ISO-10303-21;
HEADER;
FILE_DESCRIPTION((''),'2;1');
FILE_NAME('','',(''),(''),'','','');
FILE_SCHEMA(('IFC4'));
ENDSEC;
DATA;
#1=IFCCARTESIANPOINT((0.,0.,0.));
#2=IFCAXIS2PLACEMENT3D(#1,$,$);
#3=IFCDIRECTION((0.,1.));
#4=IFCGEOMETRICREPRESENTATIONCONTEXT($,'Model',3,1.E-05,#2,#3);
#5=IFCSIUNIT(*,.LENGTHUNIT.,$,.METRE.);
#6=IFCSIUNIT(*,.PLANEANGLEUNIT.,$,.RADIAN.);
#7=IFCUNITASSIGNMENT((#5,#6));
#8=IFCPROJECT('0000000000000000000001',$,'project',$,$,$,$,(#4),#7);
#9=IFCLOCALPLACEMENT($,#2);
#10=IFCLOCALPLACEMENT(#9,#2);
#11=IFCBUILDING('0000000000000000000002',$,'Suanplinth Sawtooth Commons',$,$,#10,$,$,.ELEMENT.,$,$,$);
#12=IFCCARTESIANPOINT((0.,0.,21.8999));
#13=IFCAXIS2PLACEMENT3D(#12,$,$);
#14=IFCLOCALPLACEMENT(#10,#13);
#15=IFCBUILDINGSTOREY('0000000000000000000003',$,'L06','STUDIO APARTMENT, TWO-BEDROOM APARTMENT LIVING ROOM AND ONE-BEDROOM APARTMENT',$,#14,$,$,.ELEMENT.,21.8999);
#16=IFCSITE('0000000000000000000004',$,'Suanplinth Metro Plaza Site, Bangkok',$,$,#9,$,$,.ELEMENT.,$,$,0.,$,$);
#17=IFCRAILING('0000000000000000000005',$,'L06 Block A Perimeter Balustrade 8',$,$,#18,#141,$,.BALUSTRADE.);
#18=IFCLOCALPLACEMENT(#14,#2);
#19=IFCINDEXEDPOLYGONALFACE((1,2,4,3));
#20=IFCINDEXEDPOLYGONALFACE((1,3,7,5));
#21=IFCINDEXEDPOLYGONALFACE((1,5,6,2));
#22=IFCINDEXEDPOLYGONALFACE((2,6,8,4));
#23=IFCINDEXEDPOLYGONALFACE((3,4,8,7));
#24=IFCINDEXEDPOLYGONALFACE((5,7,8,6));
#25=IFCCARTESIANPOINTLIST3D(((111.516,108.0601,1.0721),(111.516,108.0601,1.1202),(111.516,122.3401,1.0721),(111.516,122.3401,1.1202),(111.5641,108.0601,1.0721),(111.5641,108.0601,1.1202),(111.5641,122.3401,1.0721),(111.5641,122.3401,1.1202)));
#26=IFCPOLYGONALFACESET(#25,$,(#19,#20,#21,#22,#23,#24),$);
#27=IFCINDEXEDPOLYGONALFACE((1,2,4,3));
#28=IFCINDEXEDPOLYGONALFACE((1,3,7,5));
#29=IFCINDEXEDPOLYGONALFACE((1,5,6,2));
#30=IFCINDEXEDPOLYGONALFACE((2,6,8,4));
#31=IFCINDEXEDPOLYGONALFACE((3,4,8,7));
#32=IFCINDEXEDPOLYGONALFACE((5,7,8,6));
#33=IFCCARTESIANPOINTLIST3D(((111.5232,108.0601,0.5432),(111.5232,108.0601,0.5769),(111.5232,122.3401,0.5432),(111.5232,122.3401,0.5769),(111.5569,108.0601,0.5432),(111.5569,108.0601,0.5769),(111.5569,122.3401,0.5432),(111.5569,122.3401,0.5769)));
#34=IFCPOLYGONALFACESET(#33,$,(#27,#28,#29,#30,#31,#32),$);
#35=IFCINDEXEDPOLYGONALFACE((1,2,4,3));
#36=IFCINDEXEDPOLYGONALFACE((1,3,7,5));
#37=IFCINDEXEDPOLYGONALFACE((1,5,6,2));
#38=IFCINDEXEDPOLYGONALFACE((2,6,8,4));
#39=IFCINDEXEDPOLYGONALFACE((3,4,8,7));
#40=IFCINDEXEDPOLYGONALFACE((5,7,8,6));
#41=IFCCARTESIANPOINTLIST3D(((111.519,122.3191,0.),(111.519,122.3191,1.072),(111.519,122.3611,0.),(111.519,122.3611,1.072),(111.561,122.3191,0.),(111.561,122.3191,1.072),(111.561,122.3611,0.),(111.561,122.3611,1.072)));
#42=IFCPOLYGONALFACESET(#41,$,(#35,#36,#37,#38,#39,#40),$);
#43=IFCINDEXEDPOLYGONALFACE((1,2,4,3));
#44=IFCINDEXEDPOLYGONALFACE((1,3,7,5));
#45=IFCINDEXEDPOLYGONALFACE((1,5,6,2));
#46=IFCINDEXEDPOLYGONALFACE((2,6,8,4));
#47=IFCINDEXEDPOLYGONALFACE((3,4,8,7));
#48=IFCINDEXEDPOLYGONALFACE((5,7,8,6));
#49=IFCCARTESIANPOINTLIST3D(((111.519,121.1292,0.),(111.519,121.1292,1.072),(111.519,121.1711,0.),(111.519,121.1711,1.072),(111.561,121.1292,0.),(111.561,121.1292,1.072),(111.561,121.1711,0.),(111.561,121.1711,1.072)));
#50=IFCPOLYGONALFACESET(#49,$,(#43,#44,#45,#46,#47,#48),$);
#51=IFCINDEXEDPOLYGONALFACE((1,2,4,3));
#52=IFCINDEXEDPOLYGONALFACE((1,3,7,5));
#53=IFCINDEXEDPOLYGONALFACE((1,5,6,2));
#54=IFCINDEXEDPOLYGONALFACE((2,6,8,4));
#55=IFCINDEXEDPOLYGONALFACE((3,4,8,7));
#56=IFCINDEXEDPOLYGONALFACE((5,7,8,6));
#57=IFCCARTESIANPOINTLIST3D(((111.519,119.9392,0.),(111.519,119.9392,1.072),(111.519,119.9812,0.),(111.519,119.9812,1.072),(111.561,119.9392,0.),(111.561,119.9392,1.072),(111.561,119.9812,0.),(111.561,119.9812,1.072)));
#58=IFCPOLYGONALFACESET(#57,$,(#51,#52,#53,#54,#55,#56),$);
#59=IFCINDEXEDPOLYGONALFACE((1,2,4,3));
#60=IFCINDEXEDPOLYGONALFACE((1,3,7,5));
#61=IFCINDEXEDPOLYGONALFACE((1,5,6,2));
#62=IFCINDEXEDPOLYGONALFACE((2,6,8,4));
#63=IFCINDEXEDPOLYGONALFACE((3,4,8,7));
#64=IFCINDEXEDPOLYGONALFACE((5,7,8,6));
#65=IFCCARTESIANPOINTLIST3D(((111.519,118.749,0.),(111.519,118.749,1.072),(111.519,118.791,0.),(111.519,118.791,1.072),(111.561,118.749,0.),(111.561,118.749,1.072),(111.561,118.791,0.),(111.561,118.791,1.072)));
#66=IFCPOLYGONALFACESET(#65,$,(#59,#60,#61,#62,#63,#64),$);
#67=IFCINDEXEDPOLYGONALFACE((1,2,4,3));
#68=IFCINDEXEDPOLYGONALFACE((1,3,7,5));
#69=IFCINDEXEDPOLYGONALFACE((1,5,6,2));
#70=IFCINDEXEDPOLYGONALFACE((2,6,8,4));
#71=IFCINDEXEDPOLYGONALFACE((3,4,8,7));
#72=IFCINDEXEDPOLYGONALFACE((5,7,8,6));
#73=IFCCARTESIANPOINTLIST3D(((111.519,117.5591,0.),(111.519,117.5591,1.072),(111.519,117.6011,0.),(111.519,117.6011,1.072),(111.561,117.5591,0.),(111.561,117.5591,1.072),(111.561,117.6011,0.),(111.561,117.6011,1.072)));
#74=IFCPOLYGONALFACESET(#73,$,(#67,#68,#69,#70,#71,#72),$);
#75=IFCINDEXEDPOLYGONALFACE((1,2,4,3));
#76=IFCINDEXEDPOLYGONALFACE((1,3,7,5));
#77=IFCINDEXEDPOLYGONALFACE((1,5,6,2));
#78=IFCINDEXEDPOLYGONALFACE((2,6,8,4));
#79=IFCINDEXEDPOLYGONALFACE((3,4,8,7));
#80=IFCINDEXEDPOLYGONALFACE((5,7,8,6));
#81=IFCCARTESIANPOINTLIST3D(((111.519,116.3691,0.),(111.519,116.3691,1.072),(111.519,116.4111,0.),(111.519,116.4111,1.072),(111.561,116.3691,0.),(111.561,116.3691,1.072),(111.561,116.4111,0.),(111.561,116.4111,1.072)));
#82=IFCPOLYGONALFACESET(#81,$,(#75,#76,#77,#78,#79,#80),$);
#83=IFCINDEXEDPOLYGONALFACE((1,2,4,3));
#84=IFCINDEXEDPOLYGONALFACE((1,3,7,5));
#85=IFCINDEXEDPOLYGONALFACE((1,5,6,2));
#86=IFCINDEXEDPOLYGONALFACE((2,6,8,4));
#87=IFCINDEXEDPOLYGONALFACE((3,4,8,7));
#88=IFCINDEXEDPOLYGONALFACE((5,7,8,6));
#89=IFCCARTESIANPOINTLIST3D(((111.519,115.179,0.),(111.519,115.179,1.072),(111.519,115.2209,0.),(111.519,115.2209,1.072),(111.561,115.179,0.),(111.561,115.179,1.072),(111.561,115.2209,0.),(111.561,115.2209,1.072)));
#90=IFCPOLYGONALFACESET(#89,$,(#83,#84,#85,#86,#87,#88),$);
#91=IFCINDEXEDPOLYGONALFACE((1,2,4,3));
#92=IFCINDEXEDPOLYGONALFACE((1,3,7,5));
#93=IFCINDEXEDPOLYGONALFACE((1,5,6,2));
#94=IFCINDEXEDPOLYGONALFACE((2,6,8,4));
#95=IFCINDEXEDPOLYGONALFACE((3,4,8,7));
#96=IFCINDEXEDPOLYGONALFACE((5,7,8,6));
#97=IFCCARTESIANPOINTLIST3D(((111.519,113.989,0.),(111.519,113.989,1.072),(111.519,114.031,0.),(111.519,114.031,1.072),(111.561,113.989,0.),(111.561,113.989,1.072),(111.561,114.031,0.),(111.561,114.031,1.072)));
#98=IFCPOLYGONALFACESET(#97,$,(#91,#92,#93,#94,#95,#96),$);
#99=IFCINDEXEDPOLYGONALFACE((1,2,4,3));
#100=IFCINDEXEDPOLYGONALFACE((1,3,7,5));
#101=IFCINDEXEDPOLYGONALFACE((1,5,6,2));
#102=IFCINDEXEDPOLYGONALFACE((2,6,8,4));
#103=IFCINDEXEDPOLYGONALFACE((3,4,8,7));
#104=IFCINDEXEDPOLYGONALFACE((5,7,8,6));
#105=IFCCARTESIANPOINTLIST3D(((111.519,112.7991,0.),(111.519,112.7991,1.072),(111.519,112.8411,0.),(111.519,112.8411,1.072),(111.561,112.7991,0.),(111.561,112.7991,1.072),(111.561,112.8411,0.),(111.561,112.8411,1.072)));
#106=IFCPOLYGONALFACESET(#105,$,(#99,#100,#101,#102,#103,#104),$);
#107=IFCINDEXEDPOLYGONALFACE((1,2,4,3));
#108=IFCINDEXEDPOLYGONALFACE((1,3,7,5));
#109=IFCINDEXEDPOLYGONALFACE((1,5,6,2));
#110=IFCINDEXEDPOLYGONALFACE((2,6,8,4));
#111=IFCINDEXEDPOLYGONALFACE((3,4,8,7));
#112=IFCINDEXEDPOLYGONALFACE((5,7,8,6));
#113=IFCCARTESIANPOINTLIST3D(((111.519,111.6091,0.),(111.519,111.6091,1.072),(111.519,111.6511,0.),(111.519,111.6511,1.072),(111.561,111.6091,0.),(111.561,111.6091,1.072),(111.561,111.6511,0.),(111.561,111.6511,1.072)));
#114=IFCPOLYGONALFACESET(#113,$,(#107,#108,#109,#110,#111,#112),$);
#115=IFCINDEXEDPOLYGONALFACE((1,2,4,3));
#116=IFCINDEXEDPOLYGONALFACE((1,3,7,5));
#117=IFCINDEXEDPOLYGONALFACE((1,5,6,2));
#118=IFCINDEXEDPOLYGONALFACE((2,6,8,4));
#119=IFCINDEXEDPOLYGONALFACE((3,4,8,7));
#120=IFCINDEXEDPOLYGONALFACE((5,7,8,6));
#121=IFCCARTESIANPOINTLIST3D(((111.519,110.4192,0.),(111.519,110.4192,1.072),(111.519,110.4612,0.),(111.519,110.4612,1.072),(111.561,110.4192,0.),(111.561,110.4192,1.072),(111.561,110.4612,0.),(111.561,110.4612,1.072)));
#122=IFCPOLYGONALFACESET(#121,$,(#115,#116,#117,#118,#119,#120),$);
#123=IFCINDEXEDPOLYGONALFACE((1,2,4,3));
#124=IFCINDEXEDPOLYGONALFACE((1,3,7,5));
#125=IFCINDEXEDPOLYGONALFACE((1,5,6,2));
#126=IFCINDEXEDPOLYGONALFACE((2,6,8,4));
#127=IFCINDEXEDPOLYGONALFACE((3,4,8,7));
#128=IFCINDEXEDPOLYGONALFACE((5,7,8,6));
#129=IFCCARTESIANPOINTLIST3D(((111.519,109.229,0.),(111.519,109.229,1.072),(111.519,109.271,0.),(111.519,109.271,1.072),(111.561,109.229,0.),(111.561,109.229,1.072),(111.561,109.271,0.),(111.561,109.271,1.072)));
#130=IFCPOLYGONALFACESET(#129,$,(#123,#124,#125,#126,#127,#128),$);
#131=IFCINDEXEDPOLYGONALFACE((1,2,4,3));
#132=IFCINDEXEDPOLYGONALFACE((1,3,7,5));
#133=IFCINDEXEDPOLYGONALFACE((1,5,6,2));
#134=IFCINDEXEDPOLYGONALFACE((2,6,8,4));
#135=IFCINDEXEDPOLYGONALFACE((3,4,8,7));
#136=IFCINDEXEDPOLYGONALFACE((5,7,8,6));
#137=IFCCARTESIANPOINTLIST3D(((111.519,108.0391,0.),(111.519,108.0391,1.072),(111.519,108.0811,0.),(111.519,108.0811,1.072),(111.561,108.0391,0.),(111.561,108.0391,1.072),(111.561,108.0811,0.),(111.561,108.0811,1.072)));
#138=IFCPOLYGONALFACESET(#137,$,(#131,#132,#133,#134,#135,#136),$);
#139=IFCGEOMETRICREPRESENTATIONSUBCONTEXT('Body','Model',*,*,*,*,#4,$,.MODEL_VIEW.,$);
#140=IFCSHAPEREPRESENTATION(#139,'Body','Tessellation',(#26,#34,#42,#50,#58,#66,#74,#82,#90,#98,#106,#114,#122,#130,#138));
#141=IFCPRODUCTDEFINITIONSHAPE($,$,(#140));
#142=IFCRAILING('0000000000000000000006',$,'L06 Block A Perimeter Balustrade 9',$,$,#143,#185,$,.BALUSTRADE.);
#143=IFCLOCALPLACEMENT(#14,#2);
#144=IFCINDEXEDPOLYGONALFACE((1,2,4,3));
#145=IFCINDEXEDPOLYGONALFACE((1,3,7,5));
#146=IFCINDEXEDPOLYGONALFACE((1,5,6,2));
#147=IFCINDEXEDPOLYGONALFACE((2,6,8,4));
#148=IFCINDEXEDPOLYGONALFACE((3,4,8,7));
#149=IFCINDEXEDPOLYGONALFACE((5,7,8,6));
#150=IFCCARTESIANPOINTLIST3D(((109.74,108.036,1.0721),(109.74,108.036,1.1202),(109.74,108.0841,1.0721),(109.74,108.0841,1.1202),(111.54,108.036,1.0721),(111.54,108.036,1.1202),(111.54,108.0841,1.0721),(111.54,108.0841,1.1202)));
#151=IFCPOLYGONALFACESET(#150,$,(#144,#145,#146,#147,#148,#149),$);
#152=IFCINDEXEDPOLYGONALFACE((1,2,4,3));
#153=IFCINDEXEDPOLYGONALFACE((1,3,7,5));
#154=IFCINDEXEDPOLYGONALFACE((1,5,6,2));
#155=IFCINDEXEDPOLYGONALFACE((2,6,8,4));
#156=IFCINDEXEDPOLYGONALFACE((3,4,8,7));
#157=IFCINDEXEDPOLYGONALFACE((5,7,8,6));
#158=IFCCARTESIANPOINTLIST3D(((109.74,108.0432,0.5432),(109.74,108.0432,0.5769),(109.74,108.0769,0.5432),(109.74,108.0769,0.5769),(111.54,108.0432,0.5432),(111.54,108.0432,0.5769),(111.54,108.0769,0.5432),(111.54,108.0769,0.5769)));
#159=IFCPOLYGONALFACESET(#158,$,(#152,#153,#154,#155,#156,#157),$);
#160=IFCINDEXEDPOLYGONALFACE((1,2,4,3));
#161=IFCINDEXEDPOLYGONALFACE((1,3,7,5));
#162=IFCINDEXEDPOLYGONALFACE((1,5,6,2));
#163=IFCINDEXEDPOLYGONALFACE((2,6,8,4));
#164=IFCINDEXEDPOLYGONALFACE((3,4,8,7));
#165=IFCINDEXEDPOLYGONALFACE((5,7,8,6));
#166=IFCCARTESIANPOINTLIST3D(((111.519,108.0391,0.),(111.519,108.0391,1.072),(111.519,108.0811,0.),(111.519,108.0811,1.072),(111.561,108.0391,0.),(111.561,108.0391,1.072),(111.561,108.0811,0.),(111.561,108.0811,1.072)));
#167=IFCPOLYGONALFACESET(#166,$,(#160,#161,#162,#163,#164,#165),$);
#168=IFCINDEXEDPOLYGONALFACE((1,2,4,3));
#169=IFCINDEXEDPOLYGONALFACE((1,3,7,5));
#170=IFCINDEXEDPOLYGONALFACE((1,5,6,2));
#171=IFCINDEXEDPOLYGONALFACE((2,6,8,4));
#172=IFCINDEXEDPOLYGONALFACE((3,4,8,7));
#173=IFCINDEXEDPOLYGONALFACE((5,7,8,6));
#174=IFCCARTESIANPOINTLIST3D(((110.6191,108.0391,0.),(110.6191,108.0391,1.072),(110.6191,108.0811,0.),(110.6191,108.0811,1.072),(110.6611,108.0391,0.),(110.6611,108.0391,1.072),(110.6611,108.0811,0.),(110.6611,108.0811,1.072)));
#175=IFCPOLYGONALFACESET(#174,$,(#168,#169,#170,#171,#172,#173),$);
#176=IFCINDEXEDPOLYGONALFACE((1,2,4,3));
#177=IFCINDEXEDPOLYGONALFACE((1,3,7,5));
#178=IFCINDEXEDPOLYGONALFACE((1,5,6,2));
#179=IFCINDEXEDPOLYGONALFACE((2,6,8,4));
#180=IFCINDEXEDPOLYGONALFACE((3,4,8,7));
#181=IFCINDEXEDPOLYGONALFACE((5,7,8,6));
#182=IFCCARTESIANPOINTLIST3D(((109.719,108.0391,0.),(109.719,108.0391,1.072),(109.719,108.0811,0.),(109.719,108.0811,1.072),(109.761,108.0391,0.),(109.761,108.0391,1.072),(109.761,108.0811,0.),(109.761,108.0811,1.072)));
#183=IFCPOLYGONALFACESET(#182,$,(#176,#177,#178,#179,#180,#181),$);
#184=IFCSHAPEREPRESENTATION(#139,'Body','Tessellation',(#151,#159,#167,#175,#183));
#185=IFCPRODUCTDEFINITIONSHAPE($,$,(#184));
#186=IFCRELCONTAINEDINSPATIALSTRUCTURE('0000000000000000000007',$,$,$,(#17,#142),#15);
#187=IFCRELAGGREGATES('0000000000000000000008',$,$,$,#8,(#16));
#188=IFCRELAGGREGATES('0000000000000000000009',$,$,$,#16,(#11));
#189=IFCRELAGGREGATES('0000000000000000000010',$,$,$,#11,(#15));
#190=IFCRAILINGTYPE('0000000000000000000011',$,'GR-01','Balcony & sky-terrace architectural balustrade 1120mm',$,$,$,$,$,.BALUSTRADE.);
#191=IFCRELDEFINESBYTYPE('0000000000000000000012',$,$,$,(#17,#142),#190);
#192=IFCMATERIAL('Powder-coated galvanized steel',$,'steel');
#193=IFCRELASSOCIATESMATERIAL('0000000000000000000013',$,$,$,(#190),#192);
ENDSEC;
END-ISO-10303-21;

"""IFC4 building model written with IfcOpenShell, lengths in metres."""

from ifc_helpers import new_model, si_unit, direction, frame, origin, origin_2d, place, context, subcontext, project, spatial, rectangle, extrude, material, type_object, element, save


model = new_model("IFC4")

# Units and contexts
model_context = context("Model", 3, precision=1e-05, world=origin(), true_north=direction((0.0, 1.0)))
body_context = subcontext(model_context, "Body", "Model", "MODEL_VIEW")
ifc_project = project(units=[si_unit("LENGTHUNIT", "METRE"), si_unit("PLANEANGLEUNIT", "RADIAN")], contexts=[model_context])

# Site, building, storey
site_placement = place(None, origin())
site = spatial("IfcSite", under=ifc_project, at=site_placement, Name="Suanplinth Metro Plaza Site, Bangkok", CompositionType="ELEMENT", RefElevation=0.0)
building_placement = place(site_placement, origin())
building = spatial("IfcBuilding", under=site, at=building_placement, Name="Suanplinth Sawtooth Commons", CompositionType="ELEMENT")
storey_placement = place(building_placement, frame((0.0, 0.0, 21.8999)))
storey = spatial("IfcBuildingStorey", under=building, at=storey_placement, Name="L06", Description="STUDIO APARTMENT, TWO-BEDROOM APARTMENT LIVING ROOM AND ONE-BEDROOM APARTMENT", CompositionType="ELEMENT", Elevation=21.8999)

# Railings
ifc_material_1 = material(Name="Powder-coated galvanized steel", Category="steel")
railing_type = type_object("IfcRailingType", Name="GR-01", Description="Balcony & sky-terrace architectural balustrade 1120mm", PredefinedType="BALUSTRADE", material=ifc_material_1)
railing_1_placement = place(storey_placement, frame((111.54, 122.3401, 0.0)))
element("IfcRailing", 1, at=railing_1_placement, inside=storey, type_object=railing_type, Name="L06 Block A Perimeter Balustrade 8", PredefinedType="BALUSTRADE", context=body_context, shape_type="SweptSolid", body=[
    extrude(rectangle(XDim=0.0481, YDim=0.0481, at=origin_2d()), frame((0.0, 0.0, 1.0962), z_axis=(0.0, -1.0, 0.0), x_axis=(1.0, 0.0, 0.0)), (0.0, 0.0, 1.0), 14.28),
    extrude(rectangle(XDim=0.0337, YDim=0.0337, at=origin_2d()), frame((0.0, 0.0, 0.5601), z_axis=(0.0, -1.0, 0.0), x_axis=(1.0, 0.0, 0.0)), (0.0, 0.0, 1.0), 14.28),
    extrude(rectangle(XDim=0.042, YDim=0.042, at=origin_2d()), origin(), (0.0, 0.0, 1.0), 1.072),
    extrude(rectangle(XDim=0.042, YDim=0.042, at=origin_2d()), frame((0.0, -1.1899, 0.0)), (0.0, 0.0, 1.0), 1.072),
    extrude(rectangle(XDim=0.042, YDim=0.042, at=origin_2d()), frame((0.0, -2.3799, 0.0)), (0.0, 0.0, 1.0), 1.072),
    extrude(rectangle(XDim=0.042, YDim=0.042, at=origin_2d()), frame((0.0, -3.5701, 0.0)), (0.0, 0.0, 1.0), 1.072),
    extrude(rectangle(XDim=0.042, YDim=0.042, at=origin_2d()), frame((0.0, -4.76, 0.0)), (0.0, 0.0, 1.0), 1.072),
    extrude(rectangle(XDim=0.042, YDim=0.042, at=origin_2d()), frame((0.0, -5.95, 0.0)), (0.0, 0.0, 1.0), 1.072),
    extrude(rectangle(XDim=0.042, YDim=0.042, at=origin_2d()), frame((0.0, -7.1401, 0.0)), (0.0, 0.0, 1.0), 1.072),
    extrude(rectangle(XDim=0.042, YDim=0.042, at=origin_2d()), frame((0.0, -8.3301, 0.0)), (0.0, 0.0, 1.0), 1.072),
    extrude(rectangle(XDim=0.042, YDim=0.042, at=origin_2d()), frame((0.0, -9.52, 0.0)), (0.0, 0.0, 1.0), 1.072),
    extrude(rectangle(XDim=0.042, YDim=0.042, at=origin_2d()), frame((0.0, -10.71, 0.0)), (0.0, 0.0, 1.0), 1.072),
    extrude(rectangle(XDim=0.042, YDim=0.042, at=origin_2d()), frame((0.0, -11.8999, 0.0)), (0.0, 0.0, 1.0), 1.072),
    extrude(rectangle(XDim=0.042, YDim=0.042, at=origin_2d()), frame((0.0, -13.0901, 0.0)), (0.0, 0.0, 1.0), 1.072),
    extrude(rectangle(XDim=0.042, YDim=0.042, at=origin_2d()), frame((0.0, -14.28, 0.0)), (0.0, 0.0, 1.0), 1.072),
])
railing_2_placement = place(storey_placement, frame((111.54, 108.0601, 0.0)))
element("IfcRailing", 2, at=railing_2_placement, inside=storey, type_object=railing_type, Name="L06 Block A Perimeter Balustrade 9", PredefinedType="BALUSTRADE", context=body_context, shape_type="SweptSolid", body=[
    extrude(rectangle(XDim=0.0481, YDim=0.0481, at=origin_2d()), frame((0.0, 0.0, 1.0962), z_axis=(-1.0, 0.0, 0.0), x_axis=(0.0, -1.0, 0.0)), (0.0, 0.0, 1.0), 1.8),
    extrude(rectangle(XDim=0.0337, YDim=0.0337, at=origin_2d()), frame((0.0, 0.0, 0.5601), z_axis=(-1.0, 0.0, 0.0), x_axis=(0.0, -1.0, 0.0)), (0.0, 0.0, 1.0), 1.8),
    extrude(rectangle(XDim=0.042, YDim=0.042, at=origin_2d()), origin(), (0.0, 0.0, 1.0), 1.072),
    extrude(rectangle(XDim=0.042, YDim=0.042, at=origin_2d()), frame((-0.8999, 0.0, 0.0)), (0.0, 0.0, 1.0), 1.072),
    extrude(rectangle(XDim=0.042, YDim=0.042, at=origin_2d()), frame((-1.8, 0.0, 0.0)), (0.0, 0.0, 1.0), 1.072),
])

save(model, "model.ifc")
